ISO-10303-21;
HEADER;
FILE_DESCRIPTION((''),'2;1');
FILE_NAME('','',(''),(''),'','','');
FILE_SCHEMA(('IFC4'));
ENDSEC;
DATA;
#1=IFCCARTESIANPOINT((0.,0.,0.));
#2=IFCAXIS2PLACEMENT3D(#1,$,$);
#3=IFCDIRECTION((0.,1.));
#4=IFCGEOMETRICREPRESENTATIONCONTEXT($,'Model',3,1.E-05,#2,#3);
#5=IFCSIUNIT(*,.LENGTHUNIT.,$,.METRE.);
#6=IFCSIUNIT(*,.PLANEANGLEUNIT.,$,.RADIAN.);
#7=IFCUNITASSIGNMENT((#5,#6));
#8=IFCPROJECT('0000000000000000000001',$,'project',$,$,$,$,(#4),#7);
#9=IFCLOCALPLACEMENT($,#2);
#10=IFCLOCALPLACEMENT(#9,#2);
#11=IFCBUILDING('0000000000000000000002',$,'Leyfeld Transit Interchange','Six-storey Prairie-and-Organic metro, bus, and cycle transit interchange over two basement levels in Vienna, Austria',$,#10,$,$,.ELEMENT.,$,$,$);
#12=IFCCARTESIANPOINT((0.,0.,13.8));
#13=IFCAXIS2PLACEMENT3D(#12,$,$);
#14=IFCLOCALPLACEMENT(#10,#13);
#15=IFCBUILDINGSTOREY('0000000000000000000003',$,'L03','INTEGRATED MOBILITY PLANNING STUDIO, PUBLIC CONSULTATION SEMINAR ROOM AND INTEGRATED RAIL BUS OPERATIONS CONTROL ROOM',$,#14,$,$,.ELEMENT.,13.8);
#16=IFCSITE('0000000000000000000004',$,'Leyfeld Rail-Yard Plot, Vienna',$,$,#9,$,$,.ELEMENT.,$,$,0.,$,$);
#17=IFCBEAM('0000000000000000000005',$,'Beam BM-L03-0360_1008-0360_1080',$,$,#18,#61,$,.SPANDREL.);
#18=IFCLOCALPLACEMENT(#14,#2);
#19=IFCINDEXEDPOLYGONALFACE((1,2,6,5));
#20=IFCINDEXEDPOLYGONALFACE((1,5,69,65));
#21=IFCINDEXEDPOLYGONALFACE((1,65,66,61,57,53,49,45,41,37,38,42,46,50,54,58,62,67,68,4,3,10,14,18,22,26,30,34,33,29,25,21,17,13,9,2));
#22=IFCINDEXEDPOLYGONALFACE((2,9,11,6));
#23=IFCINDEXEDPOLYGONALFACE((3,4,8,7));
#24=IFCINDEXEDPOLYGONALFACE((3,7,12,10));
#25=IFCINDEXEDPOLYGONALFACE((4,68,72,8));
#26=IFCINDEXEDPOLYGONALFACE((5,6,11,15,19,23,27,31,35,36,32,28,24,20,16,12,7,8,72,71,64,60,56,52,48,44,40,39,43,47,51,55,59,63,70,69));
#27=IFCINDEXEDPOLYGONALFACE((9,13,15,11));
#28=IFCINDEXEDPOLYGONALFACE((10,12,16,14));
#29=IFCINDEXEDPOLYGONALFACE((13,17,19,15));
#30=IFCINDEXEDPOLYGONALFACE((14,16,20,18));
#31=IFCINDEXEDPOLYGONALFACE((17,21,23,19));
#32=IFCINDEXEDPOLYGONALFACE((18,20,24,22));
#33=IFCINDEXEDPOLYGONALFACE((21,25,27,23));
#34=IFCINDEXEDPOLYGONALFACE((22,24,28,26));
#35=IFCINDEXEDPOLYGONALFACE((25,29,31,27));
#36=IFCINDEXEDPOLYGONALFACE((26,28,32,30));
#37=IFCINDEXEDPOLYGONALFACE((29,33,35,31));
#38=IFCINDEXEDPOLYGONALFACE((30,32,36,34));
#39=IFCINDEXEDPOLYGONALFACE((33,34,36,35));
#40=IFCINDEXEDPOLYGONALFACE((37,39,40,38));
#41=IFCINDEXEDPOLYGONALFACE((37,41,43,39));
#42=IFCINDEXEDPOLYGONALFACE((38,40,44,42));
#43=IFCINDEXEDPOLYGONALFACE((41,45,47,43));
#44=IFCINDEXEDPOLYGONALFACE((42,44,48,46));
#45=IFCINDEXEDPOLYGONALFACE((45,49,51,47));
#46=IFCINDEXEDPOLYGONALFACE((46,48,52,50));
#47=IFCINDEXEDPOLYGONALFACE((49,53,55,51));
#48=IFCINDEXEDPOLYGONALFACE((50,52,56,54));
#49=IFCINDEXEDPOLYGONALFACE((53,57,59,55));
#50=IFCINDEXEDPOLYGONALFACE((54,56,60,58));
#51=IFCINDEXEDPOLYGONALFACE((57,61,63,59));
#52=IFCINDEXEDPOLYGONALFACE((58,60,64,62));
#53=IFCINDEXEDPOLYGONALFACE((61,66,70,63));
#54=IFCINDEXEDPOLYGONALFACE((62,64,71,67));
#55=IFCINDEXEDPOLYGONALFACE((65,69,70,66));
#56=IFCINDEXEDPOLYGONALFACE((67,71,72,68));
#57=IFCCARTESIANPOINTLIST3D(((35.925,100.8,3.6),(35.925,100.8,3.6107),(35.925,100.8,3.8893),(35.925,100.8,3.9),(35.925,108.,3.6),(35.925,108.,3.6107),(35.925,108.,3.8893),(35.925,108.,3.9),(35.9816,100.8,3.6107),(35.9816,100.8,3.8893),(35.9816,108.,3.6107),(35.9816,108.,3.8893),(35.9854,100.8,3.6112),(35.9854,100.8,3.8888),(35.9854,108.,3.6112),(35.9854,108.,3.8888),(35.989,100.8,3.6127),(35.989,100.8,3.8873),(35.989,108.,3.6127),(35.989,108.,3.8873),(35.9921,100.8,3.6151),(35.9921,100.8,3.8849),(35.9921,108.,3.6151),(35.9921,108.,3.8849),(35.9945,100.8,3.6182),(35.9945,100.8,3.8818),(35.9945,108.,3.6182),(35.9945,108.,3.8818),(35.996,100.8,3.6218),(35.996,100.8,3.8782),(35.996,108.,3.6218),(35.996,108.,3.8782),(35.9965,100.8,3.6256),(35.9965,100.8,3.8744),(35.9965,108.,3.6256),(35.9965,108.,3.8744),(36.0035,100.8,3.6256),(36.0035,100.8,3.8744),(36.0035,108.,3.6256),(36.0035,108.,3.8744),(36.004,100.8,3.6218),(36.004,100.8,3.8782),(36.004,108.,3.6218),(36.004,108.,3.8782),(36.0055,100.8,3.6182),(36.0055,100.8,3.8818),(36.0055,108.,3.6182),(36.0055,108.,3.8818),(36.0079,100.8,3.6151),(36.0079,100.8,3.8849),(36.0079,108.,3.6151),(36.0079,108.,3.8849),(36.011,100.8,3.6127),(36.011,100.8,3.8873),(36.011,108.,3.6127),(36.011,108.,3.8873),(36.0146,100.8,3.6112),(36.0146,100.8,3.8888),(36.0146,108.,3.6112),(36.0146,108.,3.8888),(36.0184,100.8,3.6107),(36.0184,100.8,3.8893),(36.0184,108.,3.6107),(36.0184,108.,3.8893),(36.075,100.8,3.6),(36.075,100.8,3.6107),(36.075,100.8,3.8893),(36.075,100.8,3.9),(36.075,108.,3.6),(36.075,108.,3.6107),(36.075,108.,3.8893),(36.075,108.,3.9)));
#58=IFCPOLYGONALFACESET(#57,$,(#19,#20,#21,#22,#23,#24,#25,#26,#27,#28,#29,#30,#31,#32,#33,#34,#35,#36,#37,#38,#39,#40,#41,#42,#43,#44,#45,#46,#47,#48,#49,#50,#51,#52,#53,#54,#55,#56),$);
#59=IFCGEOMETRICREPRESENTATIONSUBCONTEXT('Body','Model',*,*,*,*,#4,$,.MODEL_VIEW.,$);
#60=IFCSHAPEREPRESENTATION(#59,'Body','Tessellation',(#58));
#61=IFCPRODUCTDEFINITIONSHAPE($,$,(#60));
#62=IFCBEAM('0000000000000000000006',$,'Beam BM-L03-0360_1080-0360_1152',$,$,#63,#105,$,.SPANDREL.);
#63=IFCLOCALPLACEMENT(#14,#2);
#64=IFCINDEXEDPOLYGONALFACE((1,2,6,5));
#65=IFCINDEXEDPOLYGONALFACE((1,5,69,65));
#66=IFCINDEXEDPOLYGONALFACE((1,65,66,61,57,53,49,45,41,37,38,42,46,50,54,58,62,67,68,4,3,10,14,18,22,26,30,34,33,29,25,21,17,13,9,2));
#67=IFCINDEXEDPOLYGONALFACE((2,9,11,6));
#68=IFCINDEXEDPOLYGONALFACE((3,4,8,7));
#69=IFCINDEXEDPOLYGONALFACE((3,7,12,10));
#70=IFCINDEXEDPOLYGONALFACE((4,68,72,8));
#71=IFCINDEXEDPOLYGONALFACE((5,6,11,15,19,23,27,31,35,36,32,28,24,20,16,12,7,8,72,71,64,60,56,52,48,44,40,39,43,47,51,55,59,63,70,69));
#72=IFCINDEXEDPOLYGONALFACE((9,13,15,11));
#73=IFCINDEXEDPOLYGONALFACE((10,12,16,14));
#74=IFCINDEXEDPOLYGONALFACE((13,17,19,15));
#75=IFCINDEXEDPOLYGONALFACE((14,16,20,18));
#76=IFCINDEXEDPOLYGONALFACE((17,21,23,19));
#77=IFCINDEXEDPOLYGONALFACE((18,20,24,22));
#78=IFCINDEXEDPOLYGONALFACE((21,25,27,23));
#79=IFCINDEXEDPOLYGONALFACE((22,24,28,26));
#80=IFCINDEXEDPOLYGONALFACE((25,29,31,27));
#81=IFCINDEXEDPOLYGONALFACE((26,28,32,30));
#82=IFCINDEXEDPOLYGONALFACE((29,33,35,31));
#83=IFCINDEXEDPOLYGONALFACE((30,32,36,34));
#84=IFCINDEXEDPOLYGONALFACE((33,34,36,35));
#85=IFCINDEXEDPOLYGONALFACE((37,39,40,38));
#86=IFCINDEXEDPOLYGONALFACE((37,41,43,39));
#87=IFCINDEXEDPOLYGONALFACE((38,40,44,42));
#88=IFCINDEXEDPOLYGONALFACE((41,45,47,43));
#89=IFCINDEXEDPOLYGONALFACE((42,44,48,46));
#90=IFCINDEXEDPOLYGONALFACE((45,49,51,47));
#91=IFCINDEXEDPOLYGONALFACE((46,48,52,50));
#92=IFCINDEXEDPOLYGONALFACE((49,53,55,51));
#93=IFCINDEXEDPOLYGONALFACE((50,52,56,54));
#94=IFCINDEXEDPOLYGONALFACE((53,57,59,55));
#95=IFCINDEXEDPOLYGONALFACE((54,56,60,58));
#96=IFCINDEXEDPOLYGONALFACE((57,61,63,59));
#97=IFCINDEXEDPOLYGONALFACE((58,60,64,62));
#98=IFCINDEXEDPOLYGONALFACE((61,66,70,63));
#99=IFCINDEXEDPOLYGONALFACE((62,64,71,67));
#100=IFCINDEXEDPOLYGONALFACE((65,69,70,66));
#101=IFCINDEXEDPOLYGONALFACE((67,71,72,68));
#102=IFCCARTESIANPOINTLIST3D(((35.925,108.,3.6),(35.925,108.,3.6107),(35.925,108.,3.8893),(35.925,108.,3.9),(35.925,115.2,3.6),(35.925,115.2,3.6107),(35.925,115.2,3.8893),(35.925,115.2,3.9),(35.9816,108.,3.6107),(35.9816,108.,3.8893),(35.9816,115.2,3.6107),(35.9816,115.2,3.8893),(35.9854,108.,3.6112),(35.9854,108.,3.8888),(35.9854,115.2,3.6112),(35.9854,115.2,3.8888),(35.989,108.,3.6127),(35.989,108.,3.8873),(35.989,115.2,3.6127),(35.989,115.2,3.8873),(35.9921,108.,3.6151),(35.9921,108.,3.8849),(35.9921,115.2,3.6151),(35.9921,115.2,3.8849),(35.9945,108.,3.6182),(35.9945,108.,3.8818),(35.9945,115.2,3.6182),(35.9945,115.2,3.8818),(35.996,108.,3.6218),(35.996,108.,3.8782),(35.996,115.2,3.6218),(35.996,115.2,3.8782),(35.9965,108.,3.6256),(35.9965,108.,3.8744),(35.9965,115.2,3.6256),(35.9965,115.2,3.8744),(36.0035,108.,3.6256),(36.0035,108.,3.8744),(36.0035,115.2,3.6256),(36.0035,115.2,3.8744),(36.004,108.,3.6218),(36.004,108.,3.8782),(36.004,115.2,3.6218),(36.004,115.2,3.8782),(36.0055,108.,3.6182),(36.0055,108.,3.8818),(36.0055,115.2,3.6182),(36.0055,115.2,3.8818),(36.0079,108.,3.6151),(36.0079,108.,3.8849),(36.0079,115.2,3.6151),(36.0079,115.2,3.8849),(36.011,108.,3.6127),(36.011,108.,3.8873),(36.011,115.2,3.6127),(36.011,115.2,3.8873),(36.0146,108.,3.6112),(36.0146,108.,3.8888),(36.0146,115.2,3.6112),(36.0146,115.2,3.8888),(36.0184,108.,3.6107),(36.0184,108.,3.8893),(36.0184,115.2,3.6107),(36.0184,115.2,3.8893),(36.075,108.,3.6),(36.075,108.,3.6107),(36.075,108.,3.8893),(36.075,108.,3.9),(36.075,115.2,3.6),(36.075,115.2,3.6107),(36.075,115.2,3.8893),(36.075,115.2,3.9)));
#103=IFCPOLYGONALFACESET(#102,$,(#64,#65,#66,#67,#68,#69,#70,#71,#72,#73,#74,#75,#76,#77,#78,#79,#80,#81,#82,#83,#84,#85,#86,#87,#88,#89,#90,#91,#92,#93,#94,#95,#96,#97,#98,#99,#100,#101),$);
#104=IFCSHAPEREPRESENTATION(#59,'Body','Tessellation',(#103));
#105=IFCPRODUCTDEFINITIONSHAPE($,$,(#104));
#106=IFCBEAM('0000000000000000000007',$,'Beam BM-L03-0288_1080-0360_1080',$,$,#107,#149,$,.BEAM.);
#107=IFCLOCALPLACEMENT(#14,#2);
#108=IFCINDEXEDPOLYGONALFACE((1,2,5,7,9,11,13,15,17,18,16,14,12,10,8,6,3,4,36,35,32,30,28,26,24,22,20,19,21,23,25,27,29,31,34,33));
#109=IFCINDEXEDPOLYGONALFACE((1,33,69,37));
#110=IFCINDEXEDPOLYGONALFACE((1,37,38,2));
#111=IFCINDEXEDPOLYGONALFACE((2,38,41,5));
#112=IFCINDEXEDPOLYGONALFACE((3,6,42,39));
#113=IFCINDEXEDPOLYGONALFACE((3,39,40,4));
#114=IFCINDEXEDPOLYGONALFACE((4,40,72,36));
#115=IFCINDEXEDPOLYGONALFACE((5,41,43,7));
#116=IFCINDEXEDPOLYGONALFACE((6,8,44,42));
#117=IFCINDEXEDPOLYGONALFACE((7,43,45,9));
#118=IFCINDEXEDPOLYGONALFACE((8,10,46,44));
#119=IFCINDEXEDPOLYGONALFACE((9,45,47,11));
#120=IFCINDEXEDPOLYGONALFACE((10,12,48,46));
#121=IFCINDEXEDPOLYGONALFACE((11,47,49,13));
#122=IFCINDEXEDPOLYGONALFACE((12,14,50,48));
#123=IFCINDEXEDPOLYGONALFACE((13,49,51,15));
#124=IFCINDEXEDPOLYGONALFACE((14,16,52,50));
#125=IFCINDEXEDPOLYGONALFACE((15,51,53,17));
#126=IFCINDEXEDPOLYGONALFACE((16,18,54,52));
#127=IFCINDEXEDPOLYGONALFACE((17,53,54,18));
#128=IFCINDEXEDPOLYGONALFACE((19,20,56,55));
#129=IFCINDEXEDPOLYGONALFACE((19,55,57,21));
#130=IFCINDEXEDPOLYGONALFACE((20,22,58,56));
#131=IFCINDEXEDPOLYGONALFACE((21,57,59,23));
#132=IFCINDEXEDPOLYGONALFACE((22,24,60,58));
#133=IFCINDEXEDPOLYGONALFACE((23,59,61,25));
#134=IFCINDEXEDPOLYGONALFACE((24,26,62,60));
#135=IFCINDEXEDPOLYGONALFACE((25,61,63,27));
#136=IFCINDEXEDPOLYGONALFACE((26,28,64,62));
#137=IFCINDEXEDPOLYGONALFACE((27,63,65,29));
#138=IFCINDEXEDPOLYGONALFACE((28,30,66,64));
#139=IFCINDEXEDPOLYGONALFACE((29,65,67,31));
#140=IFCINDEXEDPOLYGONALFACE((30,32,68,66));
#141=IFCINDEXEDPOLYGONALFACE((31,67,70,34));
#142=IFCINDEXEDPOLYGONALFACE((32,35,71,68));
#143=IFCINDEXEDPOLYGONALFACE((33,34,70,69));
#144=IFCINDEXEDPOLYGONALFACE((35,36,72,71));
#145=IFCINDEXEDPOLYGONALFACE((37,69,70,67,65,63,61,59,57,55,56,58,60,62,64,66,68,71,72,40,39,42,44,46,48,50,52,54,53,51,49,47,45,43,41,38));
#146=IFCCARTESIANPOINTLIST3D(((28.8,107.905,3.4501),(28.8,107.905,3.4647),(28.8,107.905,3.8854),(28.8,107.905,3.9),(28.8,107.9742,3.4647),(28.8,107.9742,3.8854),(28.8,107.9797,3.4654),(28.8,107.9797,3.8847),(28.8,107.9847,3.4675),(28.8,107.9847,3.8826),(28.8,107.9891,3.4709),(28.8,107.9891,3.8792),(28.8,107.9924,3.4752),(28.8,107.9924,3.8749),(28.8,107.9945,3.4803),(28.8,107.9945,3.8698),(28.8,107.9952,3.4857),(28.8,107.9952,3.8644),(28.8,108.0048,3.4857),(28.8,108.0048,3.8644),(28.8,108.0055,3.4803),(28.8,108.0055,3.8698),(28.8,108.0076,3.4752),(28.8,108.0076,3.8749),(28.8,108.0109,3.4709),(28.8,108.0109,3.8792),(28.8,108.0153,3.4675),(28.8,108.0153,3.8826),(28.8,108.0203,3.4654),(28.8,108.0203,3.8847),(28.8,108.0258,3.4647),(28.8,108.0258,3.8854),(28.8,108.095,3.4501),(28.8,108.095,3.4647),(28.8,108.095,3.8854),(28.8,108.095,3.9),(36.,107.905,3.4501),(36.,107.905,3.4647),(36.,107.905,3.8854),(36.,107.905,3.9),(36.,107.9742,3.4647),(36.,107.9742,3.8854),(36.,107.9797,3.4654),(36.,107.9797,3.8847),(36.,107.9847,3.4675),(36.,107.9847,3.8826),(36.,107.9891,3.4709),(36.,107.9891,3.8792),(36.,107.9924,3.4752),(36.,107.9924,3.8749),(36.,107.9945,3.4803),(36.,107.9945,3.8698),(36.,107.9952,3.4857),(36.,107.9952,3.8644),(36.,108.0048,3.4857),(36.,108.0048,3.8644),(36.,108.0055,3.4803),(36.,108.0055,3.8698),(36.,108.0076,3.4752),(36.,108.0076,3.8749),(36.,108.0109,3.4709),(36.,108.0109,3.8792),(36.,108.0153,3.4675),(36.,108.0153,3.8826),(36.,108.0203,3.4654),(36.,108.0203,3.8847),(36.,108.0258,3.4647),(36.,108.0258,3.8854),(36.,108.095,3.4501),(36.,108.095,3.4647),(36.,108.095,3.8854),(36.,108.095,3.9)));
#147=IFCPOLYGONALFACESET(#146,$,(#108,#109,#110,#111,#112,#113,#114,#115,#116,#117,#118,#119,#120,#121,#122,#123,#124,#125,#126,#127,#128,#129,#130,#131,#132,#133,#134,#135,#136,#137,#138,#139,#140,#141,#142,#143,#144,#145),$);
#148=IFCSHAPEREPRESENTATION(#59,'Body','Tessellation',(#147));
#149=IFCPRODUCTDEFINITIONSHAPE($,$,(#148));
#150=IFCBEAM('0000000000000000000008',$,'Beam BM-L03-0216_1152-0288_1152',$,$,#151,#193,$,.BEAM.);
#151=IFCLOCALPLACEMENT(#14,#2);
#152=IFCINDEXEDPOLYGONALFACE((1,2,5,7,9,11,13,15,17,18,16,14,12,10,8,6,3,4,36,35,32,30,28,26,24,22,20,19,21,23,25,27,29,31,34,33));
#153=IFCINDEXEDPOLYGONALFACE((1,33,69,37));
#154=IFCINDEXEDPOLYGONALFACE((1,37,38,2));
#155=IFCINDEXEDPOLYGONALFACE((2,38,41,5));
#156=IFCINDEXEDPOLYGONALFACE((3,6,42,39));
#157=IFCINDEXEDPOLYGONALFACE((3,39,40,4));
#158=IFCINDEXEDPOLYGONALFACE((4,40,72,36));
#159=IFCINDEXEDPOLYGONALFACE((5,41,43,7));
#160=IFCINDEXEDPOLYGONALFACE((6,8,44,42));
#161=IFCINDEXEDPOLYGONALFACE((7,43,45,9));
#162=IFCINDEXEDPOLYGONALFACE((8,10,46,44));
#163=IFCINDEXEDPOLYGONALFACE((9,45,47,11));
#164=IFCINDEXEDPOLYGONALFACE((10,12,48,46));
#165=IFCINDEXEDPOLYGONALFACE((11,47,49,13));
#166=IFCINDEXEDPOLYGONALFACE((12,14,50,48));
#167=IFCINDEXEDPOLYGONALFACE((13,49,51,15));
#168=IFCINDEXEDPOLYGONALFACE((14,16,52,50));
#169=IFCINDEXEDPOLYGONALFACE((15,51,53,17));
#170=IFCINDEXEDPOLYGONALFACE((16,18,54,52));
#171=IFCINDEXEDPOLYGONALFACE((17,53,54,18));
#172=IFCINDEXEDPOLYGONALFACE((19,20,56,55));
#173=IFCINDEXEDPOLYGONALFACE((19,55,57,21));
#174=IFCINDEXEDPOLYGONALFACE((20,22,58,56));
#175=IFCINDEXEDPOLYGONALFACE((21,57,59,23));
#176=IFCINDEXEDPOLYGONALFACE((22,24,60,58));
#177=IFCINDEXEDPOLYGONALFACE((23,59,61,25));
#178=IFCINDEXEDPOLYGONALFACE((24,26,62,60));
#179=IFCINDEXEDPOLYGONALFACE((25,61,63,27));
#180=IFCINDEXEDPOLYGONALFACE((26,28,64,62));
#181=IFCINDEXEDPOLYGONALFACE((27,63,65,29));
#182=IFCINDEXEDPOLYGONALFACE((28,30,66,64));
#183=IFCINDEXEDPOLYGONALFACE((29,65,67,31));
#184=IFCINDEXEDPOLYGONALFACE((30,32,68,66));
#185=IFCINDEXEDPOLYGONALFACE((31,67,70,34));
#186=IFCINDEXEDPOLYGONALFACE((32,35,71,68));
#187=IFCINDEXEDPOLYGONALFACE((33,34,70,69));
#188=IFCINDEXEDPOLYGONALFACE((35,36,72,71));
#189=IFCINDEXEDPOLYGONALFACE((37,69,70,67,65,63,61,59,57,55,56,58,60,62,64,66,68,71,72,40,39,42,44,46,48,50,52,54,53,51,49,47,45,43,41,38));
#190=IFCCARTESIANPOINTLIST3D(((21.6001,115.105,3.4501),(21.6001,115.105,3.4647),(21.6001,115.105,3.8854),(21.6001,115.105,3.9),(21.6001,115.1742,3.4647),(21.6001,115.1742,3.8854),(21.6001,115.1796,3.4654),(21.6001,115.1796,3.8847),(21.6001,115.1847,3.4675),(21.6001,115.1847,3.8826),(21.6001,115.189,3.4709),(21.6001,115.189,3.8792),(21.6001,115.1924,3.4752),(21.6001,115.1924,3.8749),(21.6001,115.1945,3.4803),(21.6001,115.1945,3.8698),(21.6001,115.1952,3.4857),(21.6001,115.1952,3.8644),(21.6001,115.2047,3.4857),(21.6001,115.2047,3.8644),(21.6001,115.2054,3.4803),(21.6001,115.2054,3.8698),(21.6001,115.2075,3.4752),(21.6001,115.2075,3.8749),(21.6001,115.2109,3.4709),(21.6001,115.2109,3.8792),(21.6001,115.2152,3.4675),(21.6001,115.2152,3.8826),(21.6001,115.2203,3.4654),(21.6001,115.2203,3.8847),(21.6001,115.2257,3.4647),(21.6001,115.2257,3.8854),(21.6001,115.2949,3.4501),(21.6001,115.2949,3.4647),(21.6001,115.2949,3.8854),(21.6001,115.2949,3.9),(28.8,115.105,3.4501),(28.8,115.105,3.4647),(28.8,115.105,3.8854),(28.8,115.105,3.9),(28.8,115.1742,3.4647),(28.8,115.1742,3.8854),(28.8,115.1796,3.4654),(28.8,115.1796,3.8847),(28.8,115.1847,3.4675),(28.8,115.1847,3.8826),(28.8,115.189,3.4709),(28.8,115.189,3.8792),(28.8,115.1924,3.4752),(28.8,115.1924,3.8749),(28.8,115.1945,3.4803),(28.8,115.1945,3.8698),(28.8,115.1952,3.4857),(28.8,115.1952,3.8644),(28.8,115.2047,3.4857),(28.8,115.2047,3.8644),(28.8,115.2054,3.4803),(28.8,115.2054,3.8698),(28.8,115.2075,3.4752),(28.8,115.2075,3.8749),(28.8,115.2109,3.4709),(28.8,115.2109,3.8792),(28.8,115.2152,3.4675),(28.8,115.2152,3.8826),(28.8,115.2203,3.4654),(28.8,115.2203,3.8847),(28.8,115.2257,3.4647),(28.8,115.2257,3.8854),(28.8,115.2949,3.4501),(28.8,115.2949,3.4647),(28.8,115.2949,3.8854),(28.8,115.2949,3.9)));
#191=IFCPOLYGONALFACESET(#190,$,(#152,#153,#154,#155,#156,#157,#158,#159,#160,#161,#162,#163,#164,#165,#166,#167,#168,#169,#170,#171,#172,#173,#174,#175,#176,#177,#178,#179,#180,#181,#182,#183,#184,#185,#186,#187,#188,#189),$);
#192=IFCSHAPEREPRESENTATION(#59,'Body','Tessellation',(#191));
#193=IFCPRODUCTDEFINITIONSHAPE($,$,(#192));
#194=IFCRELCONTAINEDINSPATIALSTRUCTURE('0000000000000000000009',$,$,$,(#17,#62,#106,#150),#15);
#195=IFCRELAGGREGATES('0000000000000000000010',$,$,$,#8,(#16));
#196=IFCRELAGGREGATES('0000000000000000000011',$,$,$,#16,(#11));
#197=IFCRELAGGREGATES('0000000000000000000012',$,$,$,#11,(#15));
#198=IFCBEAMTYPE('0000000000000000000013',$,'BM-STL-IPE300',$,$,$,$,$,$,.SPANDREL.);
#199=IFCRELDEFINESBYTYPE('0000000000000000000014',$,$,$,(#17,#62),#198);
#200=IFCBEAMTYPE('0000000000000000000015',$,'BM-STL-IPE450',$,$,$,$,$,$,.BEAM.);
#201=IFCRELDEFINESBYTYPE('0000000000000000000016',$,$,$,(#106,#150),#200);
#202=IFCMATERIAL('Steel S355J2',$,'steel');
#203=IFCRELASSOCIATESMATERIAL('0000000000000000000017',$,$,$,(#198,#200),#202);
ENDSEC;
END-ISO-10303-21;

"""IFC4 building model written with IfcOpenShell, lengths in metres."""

from ifc_helpers import new_model, si_unit, direction, frame, origin, origin_2d, place, context, subcontext, project, spatial, i_section, extrude, material, material_profile, profile_set, type_object, element, save


model = new_model("IFC4")

# Units and contexts
model_context = context("Model", 3, precision=1e-05, world=origin(), true_north=direction((0.0, 1.0)))
body_context = subcontext(model_context, "Body", "Model", "MODEL_VIEW")
ifc_project = project(units=[si_unit("LENGTHUNIT", "METRE"), si_unit("PLANEANGLEUNIT", "RADIAN")], contexts=[model_context])

# Site, building, storey
site_placement = place(None, origin())
site = spatial("IfcSite", under=ifc_project, at=site_placement, Name="Leyfeld Rail-Yard Plot, Vienna", CompositionType="ELEMENT", RefElevation=0.0)
building_placement = place(site_placement, origin())
building = spatial("IfcBuilding", under=site, at=building_placement, Name="Leyfeld Transit Interchange", Description="Six-storey Prairie-and-Organic metro, bus, and cycle transit interchange over two basement levels in Vienna, Austria", CompositionType="ELEMENT")
storey_placement = place(building_placement, frame((0.0, 0.0, 13.8)))
storey = spatial("IfcBuildingStorey", under=building, at=storey_placement, Name="L03", Description="INTEGRATED MOBILITY PLANNING STUDIO, PUBLIC CONSULTATION SEMINAR ROOM AND INTEGRATED RAIL BUS OPERATIONS CONTROL ROOM", CompositionType="ELEMENT", Elevation=13.8)

# Beams
ifc_material_1 = material(Name="Steel S355J2", Category="steel")
ifc_material_profile_1 = material_profile(ifc_material_1, i_section(OverallWidth=0.1499, OverallDepth=0.3, WebThickness=0.0071, FlangeThickness=0.0107, FilletRadius=0.0149, at=origin_2d()), Name="IPE 300")
ifc_profile_set_1 = profile_set([ifc_material_profile_1], Name="Steel S355J2")
beam_type_1 = type_object("IfcBeamType", Name="BM-STL-IPE300", PredefinedType="SPANDREL", material=ifc_profile_set_1)
for number, where, z_axis, x_axis, name in (
    (1, (36.0, 100.8, 3.75), (0.0, 1.0, 0.0), (-1.0, 0.0, 0.0), "Beam BM-L03-0360_1008-0360_1080"),
    (2, (36.0, 108.0, 3.75), (0.0, 1.0, 0.0), (-1.0, 0.0, 0.0), "Beam BM-L03-0360_1080-0360_1152"),
):
    element("IfcBeam", number, at=place(storey_placement, frame(where, z_axis=z_axis, x_axis=x_axis)), inside=storey, type_object=beam_type_1, Name=name, PredefinedType="SPANDREL", context=body_context, shape_type="SweptSolid", body=[
        extrude(i_section(OverallWidth=0.1499, OverallDepth=0.3, WebThickness=0.0071, FlangeThickness=0.0107, FilletRadius=0.0149, at=origin_2d()), origin(), (0.0, 0.0, 1.0), 7.2),
    ])
ifc_material_profile_2 = material_profile(ifc_material_1, i_section(OverallWidth=0.1899, OverallDepth=0.45, WebThickness=0.0095, FlangeThickness=0.0146, FilletRadius=0.021, at=origin_2d()), Name="IPE 450")
ifc_profile_set_2 = profile_set([ifc_material_profile_2], Name="Steel S355J2")
beam_type_2 = type_object("IfcBeamType", Name="BM-STL-IPE450", PredefinedType="BEAM", material=ifc_profile_set_2)
for number, where, z_axis, x_axis, name in (
    (3, (28.8, 108.0, 3.675), (1.0, 0.0, 0.0), (0.0, 1.0, 0.0), "Beam BM-L03-0288_1080-0360_1080"),
    (4, (21.6001, 115.2, 3.675), (1.0, 0.0, 0.0), (0.0, 1.0, 0.0), "Beam BM-L03-0216_1152-0288_1152"),
):
    element("IfcBeam", number, at=place(storey_placement, frame(where, z_axis=z_axis, x_axis=x_axis)), inside=storey, type_object=beam_type_2, Name=name, PredefinedType="BEAM", context=body_context, shape_type="SweptSolid", body=[
        extrude(i_section(OverallWidth=0.1899, OverallDepth=0.45, WebThickness=0.0095, FlangeThickness=0.0146, FilletRadius=0.021, at=origin_2d()), origin(), (0.0, 0.0, 1.0), 7.2),
    ])

save(model, "model.ifc")
